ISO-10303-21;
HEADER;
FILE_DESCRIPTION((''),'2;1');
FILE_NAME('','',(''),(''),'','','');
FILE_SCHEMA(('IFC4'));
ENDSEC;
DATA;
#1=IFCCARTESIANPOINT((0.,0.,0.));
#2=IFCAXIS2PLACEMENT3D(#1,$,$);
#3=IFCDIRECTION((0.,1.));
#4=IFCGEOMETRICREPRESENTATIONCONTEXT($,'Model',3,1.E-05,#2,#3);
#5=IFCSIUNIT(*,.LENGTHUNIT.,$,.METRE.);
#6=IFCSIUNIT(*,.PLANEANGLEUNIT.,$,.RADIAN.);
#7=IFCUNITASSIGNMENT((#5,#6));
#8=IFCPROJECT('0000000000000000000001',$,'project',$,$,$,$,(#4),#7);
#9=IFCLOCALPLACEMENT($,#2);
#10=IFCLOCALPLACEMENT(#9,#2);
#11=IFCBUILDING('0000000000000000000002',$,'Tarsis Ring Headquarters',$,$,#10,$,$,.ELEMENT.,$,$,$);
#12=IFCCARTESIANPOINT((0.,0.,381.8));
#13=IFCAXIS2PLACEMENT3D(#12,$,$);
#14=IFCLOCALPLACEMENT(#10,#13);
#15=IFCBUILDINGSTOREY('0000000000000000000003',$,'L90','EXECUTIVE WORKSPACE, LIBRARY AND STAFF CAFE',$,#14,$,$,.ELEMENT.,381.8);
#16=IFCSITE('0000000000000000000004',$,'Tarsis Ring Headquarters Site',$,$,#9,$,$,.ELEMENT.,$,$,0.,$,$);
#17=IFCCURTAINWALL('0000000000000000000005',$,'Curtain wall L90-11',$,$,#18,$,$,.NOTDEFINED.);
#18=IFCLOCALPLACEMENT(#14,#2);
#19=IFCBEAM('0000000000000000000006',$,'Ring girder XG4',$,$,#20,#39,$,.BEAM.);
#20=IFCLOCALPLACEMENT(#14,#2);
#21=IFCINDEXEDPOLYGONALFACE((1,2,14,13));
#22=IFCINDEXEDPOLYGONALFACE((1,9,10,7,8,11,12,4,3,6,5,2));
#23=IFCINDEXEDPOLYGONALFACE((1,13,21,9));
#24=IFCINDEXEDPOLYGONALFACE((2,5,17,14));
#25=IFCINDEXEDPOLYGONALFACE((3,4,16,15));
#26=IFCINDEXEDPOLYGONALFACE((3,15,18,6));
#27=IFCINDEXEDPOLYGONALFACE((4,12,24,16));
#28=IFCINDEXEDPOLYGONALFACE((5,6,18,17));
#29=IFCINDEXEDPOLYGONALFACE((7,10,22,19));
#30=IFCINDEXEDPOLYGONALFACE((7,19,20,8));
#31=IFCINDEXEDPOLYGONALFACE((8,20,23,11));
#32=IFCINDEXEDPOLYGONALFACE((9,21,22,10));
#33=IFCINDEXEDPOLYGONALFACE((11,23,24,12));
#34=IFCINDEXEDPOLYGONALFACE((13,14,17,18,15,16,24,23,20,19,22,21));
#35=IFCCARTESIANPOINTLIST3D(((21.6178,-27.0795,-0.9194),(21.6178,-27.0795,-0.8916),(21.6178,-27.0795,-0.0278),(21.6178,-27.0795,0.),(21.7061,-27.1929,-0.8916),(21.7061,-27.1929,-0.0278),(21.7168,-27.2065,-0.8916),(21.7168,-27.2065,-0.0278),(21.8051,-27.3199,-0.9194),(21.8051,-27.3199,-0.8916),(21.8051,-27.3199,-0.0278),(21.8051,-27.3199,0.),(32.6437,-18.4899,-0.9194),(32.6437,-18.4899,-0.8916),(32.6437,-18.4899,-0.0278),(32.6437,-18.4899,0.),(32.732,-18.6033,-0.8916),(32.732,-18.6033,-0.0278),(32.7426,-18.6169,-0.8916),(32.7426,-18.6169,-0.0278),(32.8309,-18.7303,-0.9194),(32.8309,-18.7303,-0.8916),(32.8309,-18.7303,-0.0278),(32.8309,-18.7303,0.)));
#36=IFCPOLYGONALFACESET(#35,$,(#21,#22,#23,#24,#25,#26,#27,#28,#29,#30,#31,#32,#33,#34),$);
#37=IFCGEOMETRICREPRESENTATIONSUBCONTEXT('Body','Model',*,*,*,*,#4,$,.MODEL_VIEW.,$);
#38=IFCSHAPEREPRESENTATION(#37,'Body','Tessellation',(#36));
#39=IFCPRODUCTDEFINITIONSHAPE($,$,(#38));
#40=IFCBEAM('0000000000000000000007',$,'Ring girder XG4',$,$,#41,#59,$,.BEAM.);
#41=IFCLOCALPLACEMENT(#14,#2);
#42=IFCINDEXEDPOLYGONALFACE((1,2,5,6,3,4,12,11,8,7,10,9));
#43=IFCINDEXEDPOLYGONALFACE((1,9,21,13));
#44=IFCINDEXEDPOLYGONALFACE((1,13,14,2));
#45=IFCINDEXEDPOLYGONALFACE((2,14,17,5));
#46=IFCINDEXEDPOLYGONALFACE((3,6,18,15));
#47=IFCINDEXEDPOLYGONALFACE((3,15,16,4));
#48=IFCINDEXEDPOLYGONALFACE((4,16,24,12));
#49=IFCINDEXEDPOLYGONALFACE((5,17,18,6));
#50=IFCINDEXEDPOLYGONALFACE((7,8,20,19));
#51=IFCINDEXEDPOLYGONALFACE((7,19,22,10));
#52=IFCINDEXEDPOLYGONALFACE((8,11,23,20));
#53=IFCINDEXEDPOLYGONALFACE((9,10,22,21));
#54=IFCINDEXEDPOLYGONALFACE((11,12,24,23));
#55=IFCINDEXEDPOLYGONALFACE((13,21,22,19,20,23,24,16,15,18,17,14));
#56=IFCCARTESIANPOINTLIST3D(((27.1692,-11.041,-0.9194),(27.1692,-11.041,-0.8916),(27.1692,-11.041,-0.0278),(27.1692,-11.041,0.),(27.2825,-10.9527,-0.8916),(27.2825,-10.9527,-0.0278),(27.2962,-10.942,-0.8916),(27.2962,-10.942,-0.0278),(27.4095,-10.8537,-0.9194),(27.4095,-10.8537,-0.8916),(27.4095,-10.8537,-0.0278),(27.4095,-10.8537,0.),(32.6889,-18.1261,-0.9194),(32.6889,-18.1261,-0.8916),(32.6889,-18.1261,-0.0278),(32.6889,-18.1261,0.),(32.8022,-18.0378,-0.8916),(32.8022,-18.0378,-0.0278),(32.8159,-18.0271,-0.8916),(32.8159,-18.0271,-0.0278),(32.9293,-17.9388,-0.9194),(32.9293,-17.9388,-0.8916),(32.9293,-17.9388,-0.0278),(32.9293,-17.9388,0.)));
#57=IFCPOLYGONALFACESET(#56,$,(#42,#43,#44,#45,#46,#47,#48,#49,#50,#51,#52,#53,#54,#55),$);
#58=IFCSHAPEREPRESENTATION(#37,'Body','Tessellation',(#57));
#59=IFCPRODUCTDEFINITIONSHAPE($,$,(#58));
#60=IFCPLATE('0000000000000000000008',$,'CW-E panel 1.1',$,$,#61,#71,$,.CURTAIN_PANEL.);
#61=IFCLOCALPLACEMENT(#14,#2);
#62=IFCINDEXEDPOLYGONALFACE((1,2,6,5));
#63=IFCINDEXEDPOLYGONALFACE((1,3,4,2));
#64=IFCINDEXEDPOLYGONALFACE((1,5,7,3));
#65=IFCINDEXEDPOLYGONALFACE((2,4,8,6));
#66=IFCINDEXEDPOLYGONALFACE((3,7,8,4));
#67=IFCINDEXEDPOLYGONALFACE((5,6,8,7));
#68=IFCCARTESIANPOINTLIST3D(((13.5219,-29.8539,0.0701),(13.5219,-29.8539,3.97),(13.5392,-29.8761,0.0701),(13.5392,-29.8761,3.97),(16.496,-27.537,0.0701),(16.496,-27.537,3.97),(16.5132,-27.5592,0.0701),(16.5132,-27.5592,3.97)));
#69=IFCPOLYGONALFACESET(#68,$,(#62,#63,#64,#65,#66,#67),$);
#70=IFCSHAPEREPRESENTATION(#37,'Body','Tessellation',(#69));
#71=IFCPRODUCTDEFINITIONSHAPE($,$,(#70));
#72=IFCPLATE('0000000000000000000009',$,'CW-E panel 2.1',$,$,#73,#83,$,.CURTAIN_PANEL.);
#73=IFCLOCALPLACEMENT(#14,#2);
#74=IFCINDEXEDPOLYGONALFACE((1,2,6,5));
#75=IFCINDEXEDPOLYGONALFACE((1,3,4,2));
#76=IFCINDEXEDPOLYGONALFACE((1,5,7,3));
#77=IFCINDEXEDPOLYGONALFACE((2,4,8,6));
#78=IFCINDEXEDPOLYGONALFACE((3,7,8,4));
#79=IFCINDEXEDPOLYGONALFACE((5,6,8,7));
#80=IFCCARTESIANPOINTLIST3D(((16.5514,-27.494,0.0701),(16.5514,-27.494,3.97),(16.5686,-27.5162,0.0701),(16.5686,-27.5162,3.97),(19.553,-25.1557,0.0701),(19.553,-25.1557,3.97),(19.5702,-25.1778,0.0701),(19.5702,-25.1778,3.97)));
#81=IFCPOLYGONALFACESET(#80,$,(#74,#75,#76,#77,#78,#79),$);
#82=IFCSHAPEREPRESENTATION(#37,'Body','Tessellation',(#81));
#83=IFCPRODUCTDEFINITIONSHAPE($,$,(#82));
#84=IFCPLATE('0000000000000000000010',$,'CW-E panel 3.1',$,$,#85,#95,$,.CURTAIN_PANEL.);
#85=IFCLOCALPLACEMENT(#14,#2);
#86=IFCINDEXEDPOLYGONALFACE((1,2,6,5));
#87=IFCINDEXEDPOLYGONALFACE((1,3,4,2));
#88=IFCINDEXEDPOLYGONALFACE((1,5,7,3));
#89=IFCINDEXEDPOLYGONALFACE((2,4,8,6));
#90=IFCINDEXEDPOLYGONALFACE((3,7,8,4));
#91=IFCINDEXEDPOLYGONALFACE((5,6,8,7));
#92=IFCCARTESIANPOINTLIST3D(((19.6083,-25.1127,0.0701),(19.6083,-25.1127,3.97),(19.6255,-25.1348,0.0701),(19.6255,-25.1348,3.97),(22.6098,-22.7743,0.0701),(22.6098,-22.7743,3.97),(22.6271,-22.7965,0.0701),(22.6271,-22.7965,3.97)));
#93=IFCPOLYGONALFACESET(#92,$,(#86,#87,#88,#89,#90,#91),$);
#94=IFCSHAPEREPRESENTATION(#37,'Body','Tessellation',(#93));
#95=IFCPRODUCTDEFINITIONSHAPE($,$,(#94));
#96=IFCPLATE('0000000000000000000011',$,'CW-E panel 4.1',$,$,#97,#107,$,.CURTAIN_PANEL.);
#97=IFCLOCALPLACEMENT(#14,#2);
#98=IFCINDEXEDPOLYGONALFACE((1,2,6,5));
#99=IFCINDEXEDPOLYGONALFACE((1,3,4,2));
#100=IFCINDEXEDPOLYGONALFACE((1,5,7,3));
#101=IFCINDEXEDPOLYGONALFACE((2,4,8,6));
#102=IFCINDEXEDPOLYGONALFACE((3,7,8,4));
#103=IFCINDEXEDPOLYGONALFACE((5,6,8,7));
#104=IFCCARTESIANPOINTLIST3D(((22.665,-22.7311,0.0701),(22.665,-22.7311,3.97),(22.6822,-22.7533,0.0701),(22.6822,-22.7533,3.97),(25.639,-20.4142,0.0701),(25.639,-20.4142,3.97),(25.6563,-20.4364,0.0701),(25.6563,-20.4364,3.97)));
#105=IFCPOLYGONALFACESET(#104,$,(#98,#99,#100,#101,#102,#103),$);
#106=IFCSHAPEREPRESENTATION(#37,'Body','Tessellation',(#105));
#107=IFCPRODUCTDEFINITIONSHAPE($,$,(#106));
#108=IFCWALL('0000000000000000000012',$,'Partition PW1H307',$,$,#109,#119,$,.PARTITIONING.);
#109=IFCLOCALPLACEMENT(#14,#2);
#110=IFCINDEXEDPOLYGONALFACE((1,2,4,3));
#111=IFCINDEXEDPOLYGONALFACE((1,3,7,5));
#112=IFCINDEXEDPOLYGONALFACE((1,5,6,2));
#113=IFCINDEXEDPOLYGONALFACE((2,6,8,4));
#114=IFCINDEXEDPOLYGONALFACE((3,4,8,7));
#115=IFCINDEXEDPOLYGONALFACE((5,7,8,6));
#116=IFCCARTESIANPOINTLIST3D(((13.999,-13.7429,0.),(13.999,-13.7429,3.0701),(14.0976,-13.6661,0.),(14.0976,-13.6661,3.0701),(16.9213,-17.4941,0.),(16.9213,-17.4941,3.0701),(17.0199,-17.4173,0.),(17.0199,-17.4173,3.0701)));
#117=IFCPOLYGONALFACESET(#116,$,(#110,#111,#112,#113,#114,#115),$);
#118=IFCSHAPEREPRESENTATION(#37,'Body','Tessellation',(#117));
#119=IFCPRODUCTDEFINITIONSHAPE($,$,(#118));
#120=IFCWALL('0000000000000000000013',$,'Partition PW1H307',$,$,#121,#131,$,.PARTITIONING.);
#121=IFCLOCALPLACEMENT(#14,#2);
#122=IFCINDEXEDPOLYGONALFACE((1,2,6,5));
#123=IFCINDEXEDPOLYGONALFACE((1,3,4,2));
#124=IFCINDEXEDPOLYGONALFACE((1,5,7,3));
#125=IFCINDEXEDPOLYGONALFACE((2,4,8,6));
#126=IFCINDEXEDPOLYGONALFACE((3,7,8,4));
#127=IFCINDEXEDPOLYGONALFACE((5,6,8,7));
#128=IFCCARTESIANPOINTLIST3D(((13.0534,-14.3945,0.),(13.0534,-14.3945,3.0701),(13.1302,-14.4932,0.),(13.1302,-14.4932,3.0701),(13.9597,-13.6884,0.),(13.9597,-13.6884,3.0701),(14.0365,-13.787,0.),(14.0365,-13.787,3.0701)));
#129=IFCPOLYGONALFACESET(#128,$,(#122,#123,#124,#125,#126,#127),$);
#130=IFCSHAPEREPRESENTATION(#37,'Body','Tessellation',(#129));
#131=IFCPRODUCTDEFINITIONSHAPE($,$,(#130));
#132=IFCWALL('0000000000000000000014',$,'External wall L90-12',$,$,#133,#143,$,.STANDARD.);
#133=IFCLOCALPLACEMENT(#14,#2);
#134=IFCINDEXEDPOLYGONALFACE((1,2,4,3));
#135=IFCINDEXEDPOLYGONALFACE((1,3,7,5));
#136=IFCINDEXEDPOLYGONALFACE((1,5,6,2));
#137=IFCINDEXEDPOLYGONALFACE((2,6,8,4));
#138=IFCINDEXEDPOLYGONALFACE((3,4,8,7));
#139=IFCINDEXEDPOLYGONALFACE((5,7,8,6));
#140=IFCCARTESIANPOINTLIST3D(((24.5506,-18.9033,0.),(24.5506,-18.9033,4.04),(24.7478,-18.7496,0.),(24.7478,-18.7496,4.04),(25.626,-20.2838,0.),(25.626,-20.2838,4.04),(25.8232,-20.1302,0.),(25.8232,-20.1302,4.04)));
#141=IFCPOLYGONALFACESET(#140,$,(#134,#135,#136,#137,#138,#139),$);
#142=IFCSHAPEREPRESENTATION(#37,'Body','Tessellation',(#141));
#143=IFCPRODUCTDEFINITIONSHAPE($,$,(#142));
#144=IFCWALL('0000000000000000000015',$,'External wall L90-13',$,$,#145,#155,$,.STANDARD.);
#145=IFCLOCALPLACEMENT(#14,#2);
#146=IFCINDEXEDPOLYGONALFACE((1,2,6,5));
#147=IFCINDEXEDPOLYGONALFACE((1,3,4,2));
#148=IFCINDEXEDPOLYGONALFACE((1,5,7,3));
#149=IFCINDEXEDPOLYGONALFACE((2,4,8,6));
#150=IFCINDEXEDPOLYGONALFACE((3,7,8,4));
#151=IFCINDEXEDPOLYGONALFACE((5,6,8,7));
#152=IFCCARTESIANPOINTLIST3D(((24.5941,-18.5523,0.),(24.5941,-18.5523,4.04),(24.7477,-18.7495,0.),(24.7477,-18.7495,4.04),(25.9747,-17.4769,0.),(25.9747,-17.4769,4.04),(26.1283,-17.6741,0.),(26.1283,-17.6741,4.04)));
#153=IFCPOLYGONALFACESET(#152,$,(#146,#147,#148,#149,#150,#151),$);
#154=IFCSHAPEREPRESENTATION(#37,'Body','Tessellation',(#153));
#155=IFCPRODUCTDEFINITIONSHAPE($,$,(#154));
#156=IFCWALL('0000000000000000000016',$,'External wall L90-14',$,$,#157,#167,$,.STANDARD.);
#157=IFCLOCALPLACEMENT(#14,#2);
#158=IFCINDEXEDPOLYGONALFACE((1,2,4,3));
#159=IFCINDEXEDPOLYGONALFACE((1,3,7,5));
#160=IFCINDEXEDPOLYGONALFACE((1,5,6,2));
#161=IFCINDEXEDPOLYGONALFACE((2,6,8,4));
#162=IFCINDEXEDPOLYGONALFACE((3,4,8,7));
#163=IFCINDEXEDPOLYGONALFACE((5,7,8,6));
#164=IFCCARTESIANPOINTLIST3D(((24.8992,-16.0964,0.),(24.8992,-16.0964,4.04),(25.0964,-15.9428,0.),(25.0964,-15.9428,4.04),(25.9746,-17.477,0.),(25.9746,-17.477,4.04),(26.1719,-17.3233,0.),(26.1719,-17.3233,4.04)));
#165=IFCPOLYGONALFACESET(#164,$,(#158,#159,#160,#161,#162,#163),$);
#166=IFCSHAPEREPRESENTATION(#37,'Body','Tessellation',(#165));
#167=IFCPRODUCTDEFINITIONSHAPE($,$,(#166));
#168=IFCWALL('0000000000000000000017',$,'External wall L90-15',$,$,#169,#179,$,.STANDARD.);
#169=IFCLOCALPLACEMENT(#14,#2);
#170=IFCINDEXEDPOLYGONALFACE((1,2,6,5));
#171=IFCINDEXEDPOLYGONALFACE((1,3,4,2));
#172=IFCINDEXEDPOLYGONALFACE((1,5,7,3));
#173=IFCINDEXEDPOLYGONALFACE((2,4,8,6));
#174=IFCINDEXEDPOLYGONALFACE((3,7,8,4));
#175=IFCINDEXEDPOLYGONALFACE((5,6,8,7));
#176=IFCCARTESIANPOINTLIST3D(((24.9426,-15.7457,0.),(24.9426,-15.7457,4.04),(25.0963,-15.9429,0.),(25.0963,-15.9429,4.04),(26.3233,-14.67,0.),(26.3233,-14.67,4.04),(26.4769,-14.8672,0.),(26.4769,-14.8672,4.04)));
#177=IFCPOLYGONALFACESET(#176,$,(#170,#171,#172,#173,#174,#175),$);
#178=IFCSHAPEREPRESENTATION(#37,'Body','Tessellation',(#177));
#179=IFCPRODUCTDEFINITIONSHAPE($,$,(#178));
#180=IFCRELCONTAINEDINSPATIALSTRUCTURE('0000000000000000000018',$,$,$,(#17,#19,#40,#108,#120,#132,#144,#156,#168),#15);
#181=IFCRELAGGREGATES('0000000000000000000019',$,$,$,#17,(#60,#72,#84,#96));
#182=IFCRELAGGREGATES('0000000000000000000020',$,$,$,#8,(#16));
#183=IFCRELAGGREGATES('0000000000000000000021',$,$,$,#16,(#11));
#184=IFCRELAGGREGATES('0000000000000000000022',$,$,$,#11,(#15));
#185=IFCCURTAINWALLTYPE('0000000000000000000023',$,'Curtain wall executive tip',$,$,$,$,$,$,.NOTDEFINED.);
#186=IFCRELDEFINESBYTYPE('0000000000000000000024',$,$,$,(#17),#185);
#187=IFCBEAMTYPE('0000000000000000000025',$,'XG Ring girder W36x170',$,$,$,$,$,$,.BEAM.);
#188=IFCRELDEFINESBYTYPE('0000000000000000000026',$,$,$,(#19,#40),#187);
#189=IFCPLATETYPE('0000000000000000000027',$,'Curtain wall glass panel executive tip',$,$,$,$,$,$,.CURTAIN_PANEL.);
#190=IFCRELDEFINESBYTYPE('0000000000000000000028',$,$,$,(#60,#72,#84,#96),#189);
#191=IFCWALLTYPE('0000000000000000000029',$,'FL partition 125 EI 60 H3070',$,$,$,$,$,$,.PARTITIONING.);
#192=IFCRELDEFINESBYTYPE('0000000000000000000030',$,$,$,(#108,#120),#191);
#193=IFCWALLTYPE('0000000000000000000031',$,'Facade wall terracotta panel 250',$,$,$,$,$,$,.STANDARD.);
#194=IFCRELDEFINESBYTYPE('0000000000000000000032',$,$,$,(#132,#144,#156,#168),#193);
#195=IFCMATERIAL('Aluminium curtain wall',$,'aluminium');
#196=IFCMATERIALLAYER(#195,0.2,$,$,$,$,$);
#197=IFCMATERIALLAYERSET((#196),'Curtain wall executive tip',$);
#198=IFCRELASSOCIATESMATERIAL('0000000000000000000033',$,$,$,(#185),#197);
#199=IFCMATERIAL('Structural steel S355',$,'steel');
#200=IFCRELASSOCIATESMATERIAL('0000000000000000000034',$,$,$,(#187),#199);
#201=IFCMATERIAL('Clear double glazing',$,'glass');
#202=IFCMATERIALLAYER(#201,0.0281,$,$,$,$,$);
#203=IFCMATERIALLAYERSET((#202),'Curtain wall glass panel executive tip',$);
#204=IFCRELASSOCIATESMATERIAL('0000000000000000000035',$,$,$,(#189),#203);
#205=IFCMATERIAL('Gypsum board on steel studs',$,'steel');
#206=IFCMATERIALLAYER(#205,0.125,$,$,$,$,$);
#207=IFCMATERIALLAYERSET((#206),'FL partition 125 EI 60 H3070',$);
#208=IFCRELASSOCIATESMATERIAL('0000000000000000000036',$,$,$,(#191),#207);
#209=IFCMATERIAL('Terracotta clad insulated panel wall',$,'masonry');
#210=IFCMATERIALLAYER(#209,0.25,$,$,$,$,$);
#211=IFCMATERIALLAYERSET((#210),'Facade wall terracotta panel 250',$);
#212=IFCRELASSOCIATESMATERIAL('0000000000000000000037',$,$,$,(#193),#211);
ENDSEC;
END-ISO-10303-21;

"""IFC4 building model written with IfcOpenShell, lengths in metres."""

from ifc_helpers import new_model, si_unit, direction, frame, frame_2d, origin, origin_2d, place, context, subcontext, project, spatial, rectangle, i_section, extrude, material, layer, layer_set, material_profile, profile_set, type_object, element, aggregate, save


model = new_model("IFC4")

# Units and contexts
model_context = context("Model", 3, precision=1e-05, world=origin(), true_north=direction((0.0, 1.0)))
body_context = subcontext(model_context, "Body", "Model", "MODEL_VIEW")
ifc_project = project(units=[si_unit("LENGTHUNIT", "METRE"), si_unit("PLANEANGLEUNIT", "RADIAN")], contexts=[model_context])

# Site, building, storey
site_placement = place(None, origin())
site = spatial("IfcSite", under=ifc_project, at=site_placement, Name="Tarsis Ring Headquarters Site", CompositionType="ELEMENT", RefElevation=0.0)
building_placement = place(site_placement, origin())
building = spatial("IfcBuilding", under=site, at=building_placement, Name="Tarsis Ring Headquarters", CompositionType="ELEMENT")
storey_placement = place(building_placement, frame((0.0, 0.0, 381.8)))
storey = spatial("IfcBuildingStorey", under=building, at=storey_placement, Name="L90", Description="EXECUTIVE WORKSPACE, LIBRARY AND STAFF CAFE", CompositionType="ELEMENT", Elevation=381.8)

# Shared definitions
ifc_material_1 = material(Name="Structural steel S355", Category="steel")

# Curtain wall
ifc_material_2 = material(Name="Aluminium curtain wall", Category="aluminium")
ifc_layer_1 = layer(ifc_material_2, 0.2)
ifc_layer_set_1 = layer_set([ifc_layer_1], Name="Curtain wall executive tip")
curtain_wall_type = type_object("IfcCurtainWallType", Name="Curtain wall executive tip", PredefinedType="NOTDEFINED", material=ifc_layer_set_1)
curtain_wall_placement = place(storey_placement, origin())
curtain_wall = element("IfcCurtainWall", 1, at=curtain_wall_placement, inside=storey, type_object=curtain_wall_type, Name="Curtain wall L90-11", PredefinedType="NOTDEFINED")

# Beams
ifc_material_profile_1 = material_profile(ifc_material_1, i_section(OverallWidth=0.3047, OverallDepth=0.9194, WebThickness=0.0173, FlangeThickness=0.0278, at=origin_2d()), Name="W36x170")
ifc_profile_set_1 = profile_set([ifc_material_profile_1], Name="Structural steel S355")
beam_type = type_object("IfcBeamType", Name="XG Ring girder W36x170", PredefinedType="BEAM", material=ifc_profile_set_1)
beam_1_placement = place(storey_placement, frame((21.7114, -27.1997, -0.4597), z_axis=(0.788869, 0.614561, 0.0), x_axis=(-0.614561, 0.788869, 0.0)))
element("IfcBeam", 2, at=beam_1_placement, inside=storey, type_object=beam_type, Name="Ring girder XG4", PredefinedType="BEAM", context=body_context, shape_type="SweptSolid", body=[
    extrude(i_section(OverallWidth=0.3047, OverallDepth=0.9194, WebThickness=0.0173, FlangeThickness=0.0278, at=origin_2d()), origin(), (0.0, 0.0, 1.0), 13.9768),
])
beam_2_placement = place(storey_placement, frame((32.8091, -18.0325, -0.4597), z_axis=(-0.614569, 0.788863, 0.0), x_axis=(-0.788863, -0.614569, 0.0)))
element("IfcBeam", 3, at=beam_2_placement, inside=storey, type_object=beam_type, Name="Ring girder XG4", PredefinedType="BEAM", context=body_context, shape_type="SweptSolid", body=[
    extrude(i_section(OverallWidth=0.3047, OverallDepth=0.9194, WebThickness=0.0173, FlangeThickness=0.0278, at=origin_2d()), origin(), (0.0, 0.0, 1.0), 8.9814),
])

# Plates
ifc_material_3 = material(Name="Clear double glazing", Category="glass")
ifc_layer_2 = layer(ifc_material_3, 0.0281)
ifc_layer_set_2 = layer_set([ifc_layer_2], Name="Curtain wall glass panel executive tip")
plate_type = type_object("IfcPlateType", Name="Curtain wall glass panel executive tip", PredefinedType="CURTAIN_PANEL", material=ifc_layer_set_2)
plate_1_placement = place(storey_placement, frame((15.0176, -28.7065, 0.0701), z_axis=(0.0, 0.0, 1.0), x_axis=(0.78887, 0.614561, 0.0)))
plate_1 = element("IfcPlate", 4, at=plate_1_placement, type_object=plate_type, Name="CW-E panel 1.1", PredefinedType="CURTAIN_PANEL", context=body_context, shape_type="SweptSolid", body=[
    extrude(rectangle(XDim=3.77, YDim=0.0281, at=origin_2d()), origin(), (0.0, 0.0, 1.0), 3.8999),
])
plate_2_placement = place(storey_placement, frame((18.0608, -26.3359, 0.0701), z_axis=(0.0, 0.0, 1.0), x_axis=(0.78887, 0.614561, 0.0)))
plate_2 = element("IfcPlate", 5, at=plate_2_placement, type_object=plate_type, Name="CW-E panel 2.1", PredefinedType="CURTAIN_PANEL", context=body_context, shape_type="SweptSolid", body=[
    extrude(rectangle(XDim=3.8049, YDim=0.0281, at=origin_2d()), origin(), (0.0, 0.0, 1.0), 3.8999),
])
plate_3_placement = place(storey_placement, frame((21.1177, -23.9546, 0.0701), z_axis=(0.0, 0.0, 1.0), x_axis=(0.78887, 0.614561, 0.0)))
plate_3 = element("IfcPlate", 6, at=plate_3_placement, type_object=plate_type, Name="CW-E panel 3.1", PredefinedType="CURTAIN_PANEL", context=body_context, shape_type="SweptSolid", body=[
    extrude(rectangle(XDim=3.8049, YDim=0.0281, at=origin_2d()), origin(), (0.0, 0.0, 1.0), 3.8999),
])
plate_4_placement = place(storey_placement, frame((24.1606, -21.5837, 0.0701), z_axis=(0.0, 0.0, 1.0), x_axis=(0.78887, 0.614561, 0.0)))
plate_4 = element("IfcPlate", 7, at=plate_4_placement, type_object=plate_type, Name="CW-E panel 4.1", PredefinedType="CURTAIN_PANEL", context=body_context, shape_type="SweptSolid", body=[
    extrude(rectangle(XDim=3.77, YDim=0.0281, at=origin_2d()), origin(), (0.0, 0.0, 1.0), 3.8999),
])
aggregate(curtain_wall, [plate_1, plate_2, plate_3, plate_4])

# Walls
ifc_material_4 = material(Name="Gypsum board on steel studs", Category="steel")
ifc_layer_3 = layer(ifc_material_4, 0.125)
ifc_layer_set_3 = layer_set([ifc_layer_3], Name="FL partition 125 EI 60 H3070")
wall_type_1 = type_object("IfcWallType", Name="FL partition 125 EI 60 H3070", PredefinedType="PARTITIONING", material=ifc_layer_set_3)
wall_1_placement = place(storey_placement, frame((14.0483, -13.7046, 0.0), z_axis=(0.0, 0.0, 1.0), x_axis=(0.614562, -0.788868, 0.0)))
element("IfcWall", 8, at=wall_1_placement, inside=storey, type_object=wall_type_1, Name="Partition PW1H307", PredefinedType="PARTITIONING", context=body_context, shape_type="SweptSolid", body=[
    extrude(rectangle(XDim=4.7551, YDim=0.125, at=frame_2d((2.3774, 0.0))), origin(), (0.0, 0.0, 1.0), 3.0701),
])
wall_2_placement = place(storey_placement, frame((13.0918, -14.4438, 0.0), z_axis=(0.0, 0.0, 1.0), x_axis=(0.788848, 0.614588, 0.0)))
element("IfcWall", 9, at=wall_2_placement, inside=storey, type_object=wall_type_1, Name="Partition PW1H307", PredefinedType="PARTITIONING", context=body_context, shape_type="SweptSolid", body=[
    extrude(rectangle(XDim=1.1489, YDim=0.125, at=frame_2d((0.5745, 0.0))), origin(), (0.0, 0.0, 1.0), 3.0701),
])
ifc_material_5 = material(Name="Terracotta clad insulated panel wall", Category="masonry")
ifc_layer_4 = layer(ifc_material_5, 0.25)
ifc_layer_set_4 = layer_set([ifc_layer_4], Name="Facade wall terracotta panel 250")
wall_type_2 = type_object("IfcWallType", Name="Facade wall terracotta panel 250", PredefinedType="STANDARD", material=ifc_layer_set_4)
for number, where, z_axis, x_axis, name in (
    (10, (25.7246, -20.207, 0.0), (0.0, 0.0, 1.0), (-0.61452, 0.788901, 0.0), "External wall L90-12"),
    (11, (24.6709, -18.6509, 0.0), (0.0, 0.0, 1.0), (0.788901, 0.61452, 0.0), "External wall L90-13"),
    (12, (26.0732, -17.4001, 0.0), (0.0, 0.0, 1.0), (-0.61452, 0.788901, 0.0), "External wall L90-14"),
):
    element("IfcWall", number, at=place(storey_placement, frame(where, z_axis=z_axis, x_axis=x_axis)), inside=storey, type_object=wall_type_2, Name=name, PredefinedType="STANDARD", context=body_context, shape_type="SweptSolid", body=[
        extrude(rectangle(XDim=1.75, YDim=0.25, at=frame_2d((0.875, 0.0))), origin(), (0.0, 0.0, 1.0), 4.04),
    ])
wall_3_placement = place(storey_placement, frame((25.0195, -15.8442, 0.0), z_axis=(0.0, 0.0, 1.0), x_axis=(0.788834, 0.614607, 0.0)))
element("IfcWall", 13, at=wall_3_placement, inside=storey, type_object=wall_type_2, Name="External wall L90-15", PredefinedType="STANDARD", context=body_context, shape_type="SweptSolid", body=[
    extrude(rectangle(XDim=1.7502, YDim=0.25, at=frame_2d((0.875, 0.0))), origin(), (0.0, 0.0, 1.0), 4.04),
])

save(model, "model.ifc")
